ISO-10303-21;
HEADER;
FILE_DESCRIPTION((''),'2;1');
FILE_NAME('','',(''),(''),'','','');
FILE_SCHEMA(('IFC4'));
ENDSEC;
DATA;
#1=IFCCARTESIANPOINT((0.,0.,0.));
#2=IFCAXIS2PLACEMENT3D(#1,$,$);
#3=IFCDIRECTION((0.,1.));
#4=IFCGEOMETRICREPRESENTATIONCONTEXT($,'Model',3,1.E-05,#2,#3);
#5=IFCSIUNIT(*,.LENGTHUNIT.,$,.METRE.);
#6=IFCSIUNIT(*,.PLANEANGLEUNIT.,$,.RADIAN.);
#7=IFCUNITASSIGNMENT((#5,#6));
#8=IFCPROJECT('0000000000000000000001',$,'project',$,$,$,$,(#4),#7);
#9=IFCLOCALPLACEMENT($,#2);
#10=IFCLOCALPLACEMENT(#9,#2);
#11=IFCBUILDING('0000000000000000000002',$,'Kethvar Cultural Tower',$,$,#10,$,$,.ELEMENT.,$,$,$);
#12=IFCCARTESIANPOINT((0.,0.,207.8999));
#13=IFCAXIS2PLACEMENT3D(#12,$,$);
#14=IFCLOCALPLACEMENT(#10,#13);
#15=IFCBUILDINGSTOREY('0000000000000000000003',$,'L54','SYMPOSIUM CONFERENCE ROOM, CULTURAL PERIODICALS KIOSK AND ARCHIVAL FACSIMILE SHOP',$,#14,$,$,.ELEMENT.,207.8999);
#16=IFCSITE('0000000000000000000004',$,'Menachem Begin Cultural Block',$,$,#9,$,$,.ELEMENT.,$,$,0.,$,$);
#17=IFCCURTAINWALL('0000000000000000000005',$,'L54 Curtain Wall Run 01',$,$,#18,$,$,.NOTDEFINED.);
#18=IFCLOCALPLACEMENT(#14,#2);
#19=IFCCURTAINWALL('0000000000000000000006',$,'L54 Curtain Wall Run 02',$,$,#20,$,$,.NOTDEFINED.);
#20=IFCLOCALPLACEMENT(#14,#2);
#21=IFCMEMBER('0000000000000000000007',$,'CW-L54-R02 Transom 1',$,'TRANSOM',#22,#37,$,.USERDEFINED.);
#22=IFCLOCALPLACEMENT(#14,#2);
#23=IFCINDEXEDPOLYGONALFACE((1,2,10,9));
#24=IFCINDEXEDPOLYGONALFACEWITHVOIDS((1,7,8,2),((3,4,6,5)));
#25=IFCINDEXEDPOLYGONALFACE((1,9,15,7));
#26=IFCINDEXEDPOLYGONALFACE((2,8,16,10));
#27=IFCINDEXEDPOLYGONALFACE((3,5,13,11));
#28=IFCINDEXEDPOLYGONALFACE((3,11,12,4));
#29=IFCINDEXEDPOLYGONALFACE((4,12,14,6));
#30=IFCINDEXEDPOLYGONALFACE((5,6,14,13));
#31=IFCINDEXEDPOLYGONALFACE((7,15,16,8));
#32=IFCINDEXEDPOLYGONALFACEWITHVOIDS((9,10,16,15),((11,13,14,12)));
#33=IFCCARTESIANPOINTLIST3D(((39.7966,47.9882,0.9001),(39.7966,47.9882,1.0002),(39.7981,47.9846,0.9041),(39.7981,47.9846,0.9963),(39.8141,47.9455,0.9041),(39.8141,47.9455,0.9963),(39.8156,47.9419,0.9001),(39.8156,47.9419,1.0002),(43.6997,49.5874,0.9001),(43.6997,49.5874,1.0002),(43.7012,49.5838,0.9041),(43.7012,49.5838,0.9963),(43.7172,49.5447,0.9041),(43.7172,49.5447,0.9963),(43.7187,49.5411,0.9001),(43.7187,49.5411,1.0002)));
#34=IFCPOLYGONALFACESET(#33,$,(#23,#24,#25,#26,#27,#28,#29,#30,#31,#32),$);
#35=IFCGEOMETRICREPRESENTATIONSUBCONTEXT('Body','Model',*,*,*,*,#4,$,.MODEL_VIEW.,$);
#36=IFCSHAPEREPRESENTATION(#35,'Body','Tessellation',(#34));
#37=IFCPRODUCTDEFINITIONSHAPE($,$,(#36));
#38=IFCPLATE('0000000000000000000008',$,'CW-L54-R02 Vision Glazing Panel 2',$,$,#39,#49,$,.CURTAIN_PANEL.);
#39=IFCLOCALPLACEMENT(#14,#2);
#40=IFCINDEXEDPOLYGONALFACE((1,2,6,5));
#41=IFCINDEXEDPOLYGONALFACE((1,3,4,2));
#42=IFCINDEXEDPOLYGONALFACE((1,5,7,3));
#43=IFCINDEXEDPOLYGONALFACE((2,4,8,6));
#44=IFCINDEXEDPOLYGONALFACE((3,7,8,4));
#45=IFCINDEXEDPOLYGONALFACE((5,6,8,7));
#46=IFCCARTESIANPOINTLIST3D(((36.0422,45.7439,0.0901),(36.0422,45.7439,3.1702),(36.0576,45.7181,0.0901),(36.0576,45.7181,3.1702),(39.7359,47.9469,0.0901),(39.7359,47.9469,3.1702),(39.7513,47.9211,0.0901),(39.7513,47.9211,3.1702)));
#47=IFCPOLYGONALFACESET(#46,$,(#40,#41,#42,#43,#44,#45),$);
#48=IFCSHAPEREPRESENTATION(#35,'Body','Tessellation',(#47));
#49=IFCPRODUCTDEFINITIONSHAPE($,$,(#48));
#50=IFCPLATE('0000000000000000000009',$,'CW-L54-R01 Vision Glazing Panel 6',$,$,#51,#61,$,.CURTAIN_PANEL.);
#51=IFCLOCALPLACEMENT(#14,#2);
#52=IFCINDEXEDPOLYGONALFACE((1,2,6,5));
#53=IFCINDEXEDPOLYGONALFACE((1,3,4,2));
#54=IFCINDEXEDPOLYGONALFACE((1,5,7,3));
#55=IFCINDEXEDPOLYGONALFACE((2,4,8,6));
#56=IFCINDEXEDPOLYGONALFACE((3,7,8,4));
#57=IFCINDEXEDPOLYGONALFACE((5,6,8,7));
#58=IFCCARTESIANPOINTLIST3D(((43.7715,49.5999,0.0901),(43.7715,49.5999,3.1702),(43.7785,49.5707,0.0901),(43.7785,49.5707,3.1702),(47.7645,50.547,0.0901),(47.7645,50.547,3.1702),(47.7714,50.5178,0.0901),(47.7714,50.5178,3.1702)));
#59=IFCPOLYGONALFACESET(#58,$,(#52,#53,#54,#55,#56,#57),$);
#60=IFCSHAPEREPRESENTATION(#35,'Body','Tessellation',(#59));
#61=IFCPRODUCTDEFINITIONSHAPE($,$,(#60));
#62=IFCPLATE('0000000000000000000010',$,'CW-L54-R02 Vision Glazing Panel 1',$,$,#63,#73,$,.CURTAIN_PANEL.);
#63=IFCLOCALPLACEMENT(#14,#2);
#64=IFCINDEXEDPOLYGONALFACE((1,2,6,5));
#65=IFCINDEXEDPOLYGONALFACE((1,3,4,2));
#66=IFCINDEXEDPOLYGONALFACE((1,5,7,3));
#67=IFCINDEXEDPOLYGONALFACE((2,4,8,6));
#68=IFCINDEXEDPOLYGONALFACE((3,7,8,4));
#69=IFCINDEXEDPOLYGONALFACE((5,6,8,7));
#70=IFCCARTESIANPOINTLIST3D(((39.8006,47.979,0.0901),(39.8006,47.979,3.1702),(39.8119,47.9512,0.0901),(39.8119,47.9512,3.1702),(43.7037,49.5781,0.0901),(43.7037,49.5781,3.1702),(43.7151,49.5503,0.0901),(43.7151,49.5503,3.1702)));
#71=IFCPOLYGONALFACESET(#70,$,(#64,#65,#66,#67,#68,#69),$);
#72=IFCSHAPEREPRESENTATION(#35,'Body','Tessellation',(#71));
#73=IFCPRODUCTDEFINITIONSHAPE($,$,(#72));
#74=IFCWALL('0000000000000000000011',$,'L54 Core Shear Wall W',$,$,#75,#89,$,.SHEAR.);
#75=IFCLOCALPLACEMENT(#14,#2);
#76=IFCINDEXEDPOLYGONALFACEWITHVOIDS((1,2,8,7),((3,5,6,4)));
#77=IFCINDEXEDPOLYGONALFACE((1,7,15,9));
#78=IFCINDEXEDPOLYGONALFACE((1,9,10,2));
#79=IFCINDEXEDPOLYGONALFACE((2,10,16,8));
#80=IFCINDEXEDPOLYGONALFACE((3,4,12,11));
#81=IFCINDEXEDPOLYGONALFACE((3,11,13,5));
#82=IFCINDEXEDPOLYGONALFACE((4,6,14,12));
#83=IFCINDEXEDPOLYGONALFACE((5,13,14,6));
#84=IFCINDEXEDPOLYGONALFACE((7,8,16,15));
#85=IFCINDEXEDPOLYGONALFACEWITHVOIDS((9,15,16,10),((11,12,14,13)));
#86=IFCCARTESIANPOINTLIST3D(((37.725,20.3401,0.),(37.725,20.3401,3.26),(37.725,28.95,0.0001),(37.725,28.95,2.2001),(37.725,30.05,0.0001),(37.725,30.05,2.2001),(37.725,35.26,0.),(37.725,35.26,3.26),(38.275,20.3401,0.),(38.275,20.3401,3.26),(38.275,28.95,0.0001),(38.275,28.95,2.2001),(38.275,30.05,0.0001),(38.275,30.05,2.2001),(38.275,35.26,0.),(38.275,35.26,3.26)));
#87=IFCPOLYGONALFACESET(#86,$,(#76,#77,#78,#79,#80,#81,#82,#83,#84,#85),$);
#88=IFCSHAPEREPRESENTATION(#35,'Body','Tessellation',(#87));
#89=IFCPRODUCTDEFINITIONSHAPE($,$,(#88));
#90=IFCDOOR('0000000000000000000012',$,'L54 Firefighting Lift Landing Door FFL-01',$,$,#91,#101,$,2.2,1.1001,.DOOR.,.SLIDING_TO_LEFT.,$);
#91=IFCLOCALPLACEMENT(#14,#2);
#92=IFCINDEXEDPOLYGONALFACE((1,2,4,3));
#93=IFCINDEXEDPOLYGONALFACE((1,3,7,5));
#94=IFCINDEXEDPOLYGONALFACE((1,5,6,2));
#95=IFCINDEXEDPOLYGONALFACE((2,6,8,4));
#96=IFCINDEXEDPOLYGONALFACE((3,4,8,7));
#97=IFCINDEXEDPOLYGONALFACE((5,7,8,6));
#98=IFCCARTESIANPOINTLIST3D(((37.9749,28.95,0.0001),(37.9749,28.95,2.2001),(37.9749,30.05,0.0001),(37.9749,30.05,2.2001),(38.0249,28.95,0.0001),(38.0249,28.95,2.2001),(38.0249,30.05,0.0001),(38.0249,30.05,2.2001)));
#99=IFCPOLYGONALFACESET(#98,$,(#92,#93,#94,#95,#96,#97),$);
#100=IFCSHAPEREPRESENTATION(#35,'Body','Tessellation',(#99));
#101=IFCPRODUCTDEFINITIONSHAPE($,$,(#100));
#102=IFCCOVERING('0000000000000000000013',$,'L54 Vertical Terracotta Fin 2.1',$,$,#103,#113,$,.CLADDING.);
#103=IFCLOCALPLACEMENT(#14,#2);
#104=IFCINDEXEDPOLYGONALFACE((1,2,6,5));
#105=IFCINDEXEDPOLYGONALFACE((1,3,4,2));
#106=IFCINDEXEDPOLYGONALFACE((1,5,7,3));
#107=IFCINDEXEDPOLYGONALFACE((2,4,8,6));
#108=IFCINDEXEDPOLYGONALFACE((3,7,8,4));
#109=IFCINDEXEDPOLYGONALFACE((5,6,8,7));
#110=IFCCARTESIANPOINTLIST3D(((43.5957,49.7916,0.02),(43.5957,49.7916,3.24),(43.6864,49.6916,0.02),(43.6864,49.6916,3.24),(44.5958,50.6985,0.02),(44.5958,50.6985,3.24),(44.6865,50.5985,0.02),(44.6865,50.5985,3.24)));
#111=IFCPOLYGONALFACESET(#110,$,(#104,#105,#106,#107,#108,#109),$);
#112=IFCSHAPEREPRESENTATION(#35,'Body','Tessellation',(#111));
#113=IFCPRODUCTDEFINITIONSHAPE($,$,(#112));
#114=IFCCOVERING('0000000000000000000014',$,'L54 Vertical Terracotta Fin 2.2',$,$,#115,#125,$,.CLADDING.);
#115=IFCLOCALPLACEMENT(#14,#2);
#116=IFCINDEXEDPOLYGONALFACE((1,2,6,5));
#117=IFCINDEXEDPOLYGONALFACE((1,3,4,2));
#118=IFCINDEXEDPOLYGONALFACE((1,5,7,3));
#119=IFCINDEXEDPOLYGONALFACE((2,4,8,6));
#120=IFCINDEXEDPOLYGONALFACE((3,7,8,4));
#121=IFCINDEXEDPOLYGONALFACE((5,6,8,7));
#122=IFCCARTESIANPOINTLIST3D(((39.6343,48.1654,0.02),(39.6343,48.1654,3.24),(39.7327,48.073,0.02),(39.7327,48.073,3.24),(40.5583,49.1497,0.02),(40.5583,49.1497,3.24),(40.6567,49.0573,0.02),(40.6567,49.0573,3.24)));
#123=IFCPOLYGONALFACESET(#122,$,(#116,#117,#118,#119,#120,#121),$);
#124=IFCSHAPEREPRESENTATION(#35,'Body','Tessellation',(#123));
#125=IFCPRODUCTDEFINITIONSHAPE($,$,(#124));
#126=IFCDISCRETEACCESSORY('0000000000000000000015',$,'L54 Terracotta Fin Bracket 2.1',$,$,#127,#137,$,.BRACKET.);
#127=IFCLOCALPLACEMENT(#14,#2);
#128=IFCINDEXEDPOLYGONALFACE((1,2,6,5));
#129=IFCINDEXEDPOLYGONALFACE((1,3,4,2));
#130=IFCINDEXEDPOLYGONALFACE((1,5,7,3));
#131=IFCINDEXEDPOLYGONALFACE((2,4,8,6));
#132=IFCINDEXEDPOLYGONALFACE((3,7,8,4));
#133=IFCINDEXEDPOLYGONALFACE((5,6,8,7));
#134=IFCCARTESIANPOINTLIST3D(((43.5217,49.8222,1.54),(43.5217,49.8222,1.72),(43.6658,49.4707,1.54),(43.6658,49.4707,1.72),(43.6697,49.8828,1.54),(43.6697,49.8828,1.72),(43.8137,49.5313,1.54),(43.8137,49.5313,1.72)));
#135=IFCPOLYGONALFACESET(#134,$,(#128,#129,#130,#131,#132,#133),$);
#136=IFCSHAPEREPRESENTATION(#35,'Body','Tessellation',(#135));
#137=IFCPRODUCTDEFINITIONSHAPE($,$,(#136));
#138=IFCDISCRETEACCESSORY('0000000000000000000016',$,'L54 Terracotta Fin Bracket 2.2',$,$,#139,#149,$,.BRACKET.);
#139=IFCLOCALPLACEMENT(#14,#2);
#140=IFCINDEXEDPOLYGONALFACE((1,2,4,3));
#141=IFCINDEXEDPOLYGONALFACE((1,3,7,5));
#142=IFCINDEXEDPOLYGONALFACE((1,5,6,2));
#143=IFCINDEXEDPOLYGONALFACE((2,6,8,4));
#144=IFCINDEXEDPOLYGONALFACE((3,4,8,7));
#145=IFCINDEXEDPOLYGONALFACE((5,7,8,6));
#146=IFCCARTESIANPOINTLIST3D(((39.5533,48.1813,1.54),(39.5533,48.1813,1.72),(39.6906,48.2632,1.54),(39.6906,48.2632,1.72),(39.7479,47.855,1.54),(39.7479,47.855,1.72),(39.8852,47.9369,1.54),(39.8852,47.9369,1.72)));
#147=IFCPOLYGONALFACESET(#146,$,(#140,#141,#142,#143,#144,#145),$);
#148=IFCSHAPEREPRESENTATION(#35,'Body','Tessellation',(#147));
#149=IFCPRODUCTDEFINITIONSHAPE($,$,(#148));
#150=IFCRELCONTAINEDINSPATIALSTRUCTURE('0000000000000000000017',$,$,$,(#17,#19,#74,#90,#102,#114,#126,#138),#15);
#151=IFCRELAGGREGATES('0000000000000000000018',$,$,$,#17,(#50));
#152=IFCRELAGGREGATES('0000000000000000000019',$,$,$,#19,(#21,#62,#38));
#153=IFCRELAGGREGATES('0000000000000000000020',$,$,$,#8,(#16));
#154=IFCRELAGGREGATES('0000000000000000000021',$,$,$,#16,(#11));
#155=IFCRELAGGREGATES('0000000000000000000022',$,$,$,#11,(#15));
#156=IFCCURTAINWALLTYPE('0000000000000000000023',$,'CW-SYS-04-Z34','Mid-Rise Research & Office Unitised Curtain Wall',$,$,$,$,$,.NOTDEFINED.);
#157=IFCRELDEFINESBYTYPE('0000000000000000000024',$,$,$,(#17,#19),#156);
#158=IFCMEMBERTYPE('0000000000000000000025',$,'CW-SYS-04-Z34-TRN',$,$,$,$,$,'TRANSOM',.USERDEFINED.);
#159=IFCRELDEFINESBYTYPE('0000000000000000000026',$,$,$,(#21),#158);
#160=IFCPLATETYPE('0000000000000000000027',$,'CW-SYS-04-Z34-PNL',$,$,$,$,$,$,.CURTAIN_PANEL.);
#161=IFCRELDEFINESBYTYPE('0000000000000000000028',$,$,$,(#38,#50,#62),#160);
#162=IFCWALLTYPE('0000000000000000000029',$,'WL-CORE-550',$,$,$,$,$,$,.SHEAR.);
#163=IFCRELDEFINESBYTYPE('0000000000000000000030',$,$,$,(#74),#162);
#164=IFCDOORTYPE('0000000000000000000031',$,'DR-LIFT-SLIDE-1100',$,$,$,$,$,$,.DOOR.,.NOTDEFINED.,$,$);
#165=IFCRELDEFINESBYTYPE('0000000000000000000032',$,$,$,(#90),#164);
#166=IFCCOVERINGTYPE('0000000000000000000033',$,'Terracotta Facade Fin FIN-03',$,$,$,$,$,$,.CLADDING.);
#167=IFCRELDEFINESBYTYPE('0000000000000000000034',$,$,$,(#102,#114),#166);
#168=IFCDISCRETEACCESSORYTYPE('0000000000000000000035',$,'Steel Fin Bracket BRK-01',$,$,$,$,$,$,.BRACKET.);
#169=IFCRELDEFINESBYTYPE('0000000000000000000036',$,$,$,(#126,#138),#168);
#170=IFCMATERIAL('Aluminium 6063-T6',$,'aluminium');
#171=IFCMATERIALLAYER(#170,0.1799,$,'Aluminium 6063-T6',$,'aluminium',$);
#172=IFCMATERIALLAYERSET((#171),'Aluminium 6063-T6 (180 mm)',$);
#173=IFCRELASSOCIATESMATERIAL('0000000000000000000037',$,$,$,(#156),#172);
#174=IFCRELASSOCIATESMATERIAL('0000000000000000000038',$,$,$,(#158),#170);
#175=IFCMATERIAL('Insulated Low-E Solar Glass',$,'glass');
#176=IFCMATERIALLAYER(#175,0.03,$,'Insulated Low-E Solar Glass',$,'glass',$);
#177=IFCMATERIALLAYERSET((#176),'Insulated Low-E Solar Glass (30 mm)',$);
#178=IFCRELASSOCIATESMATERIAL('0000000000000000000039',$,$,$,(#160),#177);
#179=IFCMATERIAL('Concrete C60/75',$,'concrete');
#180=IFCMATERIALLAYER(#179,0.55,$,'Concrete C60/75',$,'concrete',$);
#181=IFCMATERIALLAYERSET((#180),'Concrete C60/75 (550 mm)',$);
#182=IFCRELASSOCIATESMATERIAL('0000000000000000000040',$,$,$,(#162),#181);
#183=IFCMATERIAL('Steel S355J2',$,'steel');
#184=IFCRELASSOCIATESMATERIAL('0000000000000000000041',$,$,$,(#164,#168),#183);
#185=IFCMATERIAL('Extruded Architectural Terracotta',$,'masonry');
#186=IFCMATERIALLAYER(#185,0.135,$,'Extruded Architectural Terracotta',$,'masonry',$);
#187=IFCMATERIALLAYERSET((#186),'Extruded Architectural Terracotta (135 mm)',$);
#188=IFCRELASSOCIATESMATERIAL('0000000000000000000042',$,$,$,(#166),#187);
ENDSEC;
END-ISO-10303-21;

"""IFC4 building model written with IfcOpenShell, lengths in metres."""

from ifc_helpers import new_model, si_unit, direction, frame, frame_2d, origin, origin_2d, place, context, subcontext, project, spatial, rectangle, hollow_rectangle, extrude, source, transform, mapped, material, layer, layer_set, material_profile, profile_set, type_object, element, fill, aggregate, save


model = new_model("IFC4")

# Units and contexts
model_context = context("Model", 3, precision=1e-05, world=origin(), true_north=direction((0.0, 1.0)))
body_context = subcontext(model_context, "Body", "Model", "MODEL_VIEW")
ifc_project = project(units=[si_unit("LENGTHUNIT", "METRE"), si_unit("PLANEANGLEUNIT", "RADIAN")], contexts=[model_context])

# Site, building, storey
site_placement = place(None, origin())
site = spatial("IfcSite", under=ifc_project, at=site_placement, Name="Menachem Begin Cultural Block", CompositionType="ELEMENT", RefElevation=0.0)
building_placement = place(site_placement, origin())
building = spatial("IfcBuilding", under=site, at=building_placement, Name="Kethvar Cultural Tower", CompositionType="ELEMENT")
storey_placement = place(building_placement, frame((0.0, 0.0, 207.8999)))
storey = spatial("IfcBuildingStorey", under=building, at=storey_placement, Name="L54", Description="SYMPOSIUM CONFERENCE ROOM, CULTURAL PERIODICALS KIOSK AND ARCHIVAL FACSIMILE SHOP", CompositionType="ELEMENT", Elevation=207.8999)

# Shared definitions
ifc_material_1 = material(Name="Steel S355J2", Category="steel")

# Curtain wall
ifc_material_2 = material(Name="Aluminium 6063-T6", Category="aluminium")
ifc_layer_1 = layer(ifc_material_2, 0.1799, Name="Aluminium 6063-T6", Category="aluminium")
ifc_layer_set_1 = layer_set([ifc_layer_1], Name="Aluminium 6063-T6 (180 mm)")
curtain_wall_type = type_object("IfcCurtainWallType", Name="CW-SYS-04-Z34", Description="Mid-Rise Research & Office Unitised Curtain Wall", PredefinedType="NOTDEFINED", material=ifc_layer_set_1)
curtain_wall_1_placement = place(storey_placement, origin())
curtain_wall_1 = element("IfcCurtainWall", 1, at=curtain_wall_1_placement, inside=storey, type_object=curtain_wall_type, Name="L54 Curtain Wall Run 01", PredefinedType="NOTDEFINED")

# Curtain wall, member, plate
curtain_wall_2_placement = place(storey_placement, origin())
curtain_wall_2 = element("IfcCurtainWall", 2, at=curtain_wall_2_placement, inside=storey, type_object=curtain_wall_type, Name="L54 Curtain Wall Run 02", PredefinedType="NOTDEFINED")
ifc_material_profile_1 = material_profile(ifc_material_2, hollow_rectangle(XDim=0.05, YDim=0.1001, WallThickness=0.0039, at=origin_2d()), Name="Aluminium 6063-T6 — RHS100x50x4")
ifc_profile_set_1 = profile_set([ifc_material_profile_1], Name="Aluminium 6063-T6 — RHS100x50x4")
member_type_1 = type_object("IfcMemberType", Name="CW-SYS-04-Z34-TRN", ElementType="TRANSOM", PredefinedType="USERDEFINED", material=ifc_profile_set_1)
shared_shape_1 = source(origin(), body_context, "Body", "SweptSolid", [
    extrude(hollow_rectangle(XDim=0.05, YDim=0.1001, WallThickness=0.0039, at=origin_2d()), origin(), (0.0, 0.0, 1.0), 4.218),
])
member_1_placement = place(storey_placement, frame((43.7092, 49.5642, 0.9502), z_axis=(-0.925347, -0.379122, 0.0), x_axis=(0.379122, -0.925347, 0.0)))
member_1 = element("IfcMember", 3, at=member_1_placement, type_object=member_type_1, Name="CW-L54-R02 Transom 1", ObjectType="TRANSOM", PredefinedType="USERDEFINED", context=body_context, shape_type="MappedRepresentation", body=[
    mapped(shared_shape_1, transform((0.0, 0.0, 0.0), scale=1.0)),
])
ifc_material_3 = material(Name="Insulated Low-E Solar Glass", Category="glass")
ifc_layer_2 = layer(ifc_material_3, 0.03, Name="Insulated Low-E Solar Glass", Category="glass")
ifc_layer_set_2 = layer_set([ifc_layer_2], Name="Insulated Low-E Solar Glass (30 mm)")
plate_type = type_object("IfcPlateType", Name="CW-SYS-04-Z34-PNL", PredefinedType="CURTAIN_PANEL", material=ifc_layer_set_2)
shared_shape_2 = source(origin(), body_context, "Body", "SweptSolid", [
    extrude(rectangle(XDim=4.3008, YDim=0.03, at=origin_2d()), origin(), (0.0, 0.0, 1.0), 3.0801),
])
plate_1_placement = place(storey_placement, frame((37.8967, 46.8325, 0.0901), z_axis=(0.0, 0.0, 1.0), x_axis=(-0.858853, -0.512223, 0.0)))
plate_1 = element("IfcPlate", 4, at=plate_1_placement, type_object=plate_type, Name="CW-L54-R02 Vision Glazing Panel 2", PredefinedType="CURTAIN_PANEL", context=body_context, shape_type="MappedRepresentation", body=[
    mapped(shared_shape_2, transform((0.0, 0.0, 0.0), scale=1.0)),
])

# Plates
shared_shape_3 = source(origin(), body_context, "Body", "SweptSolid", [
    extrude(rectangle(XDim=4.1038, YDim=0.03, at=origin_2d()), origin(), (0.0, 0.0, 1.0), 3.0801),
])
plate_2_placement = place(storey_placement, frame((45.7715, 50.0588, 0.0901), z_axis=(0.0, 0.0, 1.0), x_axis=(-0.973006, -0.23078, 0.0)))
plate_2 = element("IfcPlate", 5, at=plate_2_placement, type_object=plate_type, Name="CW-L54-R01 Vision Glazing Panel 6", PredefinedType="CURTAIN_PANEL", context=body_context, shape_type="MappedRepresentation", body=[
    mapped(shared_shape_3, transform((0.0, 0.0, 0.0), scale=1.0)),
])
aggregate(curtain_wall_1, [plate_2])
shared_shape_4 = source(origin(), body_context, "Body", "SweptSolid", [
    extrude(rectangle(XDim=4.218, YDim=0.03, at=origin_2d()), origin(), (0.0, 0.0, 1.0), 3.0801),
])
plate_3_placement = place(storey_placement, frame((41.7578, 48.7646, 0.0901), z_axis=(0.0, 0.0, 1.0), x_axis=(-0.925349, -0.379117, 0.0)))
plate_3 = element("IfcPlate", 6, at=plate_3_placement, type_object=plate_type, Name="CW-L54-R02 Vision Glazing Panel 1", PredefinedType="CURTAIN_PANEL", context=body_context, shape_type="MappedRepresentation", body=[
    mapped(shared_shape_4, transform((0.0, 0.0, 0.0), scale=1.0)),
])
aggregate(curtain_wall_2, [member_1, plate_3, plate_1])

# Wall, opening, door
ifc_material_4 = material(Name="Concrete C60/75", Category="concrete")
ifc_layer_3 = layer(ifc_material_4, 0.55, Name="Concrete C60/75", Category="concrete")
ifc_layer_set_3 = layer_set([ifc_layer_3], Name="Concrete C60/75 (550 mm)")
wall_type = type_object("IfcWallType", Name="WL-CORE-550", PredefinedType="SHEAR", material=ifc_layer_set_3)
wall_placement = place(storey_placement, frame((38.0, 35.26, 0.0), z_axis=(0.0, 0.0, 1.0), x_axis=(0.0, -1.0, 0.0)))
wall = element("IfcWall", 7, at=wall_placement, inside=storey, type_object=wall_type, Name="L54 Core Shear Wall W", PredefinedType="SHEAR", context=body_context, shape_type="SweptSolid", body=[
    extrude(rectangle(XDim=14.9199, YDim=0.55, at=frame_2d((7.46, 0.0))), origin(), (0.0, 0.0, 1.0), 3.26),
])
opening_placement = place(wall_placement, frame((5.21, 0.0, 0.0)))
opening = element("IfcOpeningElement", 8, at=opening_placement, cuts=wall, PredefinedType="OPENING", context=body_context, shape_type="SweptSolid", body=[
    extrude(rectangle(XDim=1.1001, YDim=2.2, at=frame_2d((0.55, 1.1001))), frame((0.0, 0.2849, 0.0), z_axis=(0.0, -1.0, 0.0), x_axis=(1.0, 0.0, 0.0)), (0.0, 0.0, 1.0), 0.5701),
])
door_type = type_object("IfcDoorType", Name="DR-LIFT-SLIDE-1100", OperationType="NOTDEFINED", PredefinedType="DOOR", material=ifc_material_1)
shared_shape_5 = source(origin(), body_context, "Body", "SweptSolid", [
    extrude(rectangle(XDim=1.1001, YDim=2.2, at=frame_2d((0.55, 1.1001))), frame((0.0, 0.0249, 0.0), z_axis=(0.0, -1.0, 0.0), x_axis=(1.0, 0.0, 0.0)), (0.0, 0.0, 1.0), 0.05),
])
door_placement = place(opening_placement, origin())
door = element("IfcDoor", 9, at=door_placement, inside=storey, type_object=door_type, Name="L54 Firefighting Lift Landing Door FFL-01", OperationType="SLIDING_TO_LEFT", OverallHeight=2.2, OverallWidth=1.1001, PredefinedType="DOOR", context=body_context, shape_type="MappedRepresentation", body=[
    mapped(shared_shape_5, transform((0.0, 0.0, 0.0), scale=1.0)),
])
fill(opening, door)

# Coverings
ifc_material_5 = material(Name="Extruded Architectural Terracotta", Category="masonry")
ifc_layer_4 = layer(ifc_material_5, 0.135, Name="Extruded Architectural Terracotta", Category="masonry")
ifc_layer_set_4 = layer_set([ifc_layer_4], Name="Extruded Architectural Terracotta (135 mm)")
covering_type = type_object("IfcCoveringType", Name="Terracotta Facade Fin FIN-03", PredefinedType="CLADDING", material=ifc_layer_set_4)
shared_shape_6 = source(origin(), body_context, "Body", "SweptSolid", [
    extrude(rectangle(XDim=1.3501, YDim=0.135, at=origin_2d()), origin(), (0.0, 0.0, 1.0), 3.22),
])
for number, where, z_axis, x_axis, name in (
    (10, (44.1411, 50.1951, 0.02), (0.0, 0.0, 1.0), (0.740805, 0.671721, 0.0), "L54 Vertical Terracotta Fin 2.1"),
    (11, (40.1455, 48.6113, 0.02), (0.0, 0.0, 1.0), (0.68442, 0.729088, 0.0), "L54 Vertical Terracotta Fin 2.2"),
):
    element("IfcCovering", number, at=place(storey_placement, frame(where, z_axis=z_axis, x_axis=x_axis)), inside=storey, type_object=covering_type, Name=name, PredefinedType="CLADDING", context=body_context, shape_type="MappedRepresentation", body=[
        mapped(shared_shape_6, transform((0.0, 0.0, 0.0), scale=1.0)),
    ])

# Discrete accessories
discrete_accessory_type = type_object("IfcDiscreteAccessoryType", Name="Steel Fin Bracket BRK-01", PredefinedType="BRACKET", material=ifc_material_1)
shared_shape_7 = source(origin(), body_context, "Body", "SweptSolid", [
    extrude(rectangle(XDim=0.3799, YDim=0.1599, at=origin_2d()), origin(), (0.0, 0.0, 1.0), 0.1799),
])
for number, where, z_axis, x_axis, name in (
    (12, (43.6677, 49.6768, 1.54), (0.0, 0.0, 1.0), (-0.379133, 0.925342, 0.0), "L54 Terracotta Fin Bracket 2.1"),
    (13, (39.7192, 48.0591, 1.54), (0.0, 0.0, 1.0), (-0.512193, 0.858871, 0.0), "L54 Terracotta Fin Bracket 2.2"),
):
    element("IfcDiscreteAccessory", number, at=place(storey_placement, frame(where, z_axis=z_axis, x_axis=x_axis)), inside=storey, type_object=discrete_accessory_type, Name=name, PredefinedType="BRACKET", context=body_context, shape_type="MappedRepresentation", body=[
        mapped(shared_shape_7, transform((0.0, 0.0, 0.0), scale=1.0)),
    ])

save(model, "model.ifc")
